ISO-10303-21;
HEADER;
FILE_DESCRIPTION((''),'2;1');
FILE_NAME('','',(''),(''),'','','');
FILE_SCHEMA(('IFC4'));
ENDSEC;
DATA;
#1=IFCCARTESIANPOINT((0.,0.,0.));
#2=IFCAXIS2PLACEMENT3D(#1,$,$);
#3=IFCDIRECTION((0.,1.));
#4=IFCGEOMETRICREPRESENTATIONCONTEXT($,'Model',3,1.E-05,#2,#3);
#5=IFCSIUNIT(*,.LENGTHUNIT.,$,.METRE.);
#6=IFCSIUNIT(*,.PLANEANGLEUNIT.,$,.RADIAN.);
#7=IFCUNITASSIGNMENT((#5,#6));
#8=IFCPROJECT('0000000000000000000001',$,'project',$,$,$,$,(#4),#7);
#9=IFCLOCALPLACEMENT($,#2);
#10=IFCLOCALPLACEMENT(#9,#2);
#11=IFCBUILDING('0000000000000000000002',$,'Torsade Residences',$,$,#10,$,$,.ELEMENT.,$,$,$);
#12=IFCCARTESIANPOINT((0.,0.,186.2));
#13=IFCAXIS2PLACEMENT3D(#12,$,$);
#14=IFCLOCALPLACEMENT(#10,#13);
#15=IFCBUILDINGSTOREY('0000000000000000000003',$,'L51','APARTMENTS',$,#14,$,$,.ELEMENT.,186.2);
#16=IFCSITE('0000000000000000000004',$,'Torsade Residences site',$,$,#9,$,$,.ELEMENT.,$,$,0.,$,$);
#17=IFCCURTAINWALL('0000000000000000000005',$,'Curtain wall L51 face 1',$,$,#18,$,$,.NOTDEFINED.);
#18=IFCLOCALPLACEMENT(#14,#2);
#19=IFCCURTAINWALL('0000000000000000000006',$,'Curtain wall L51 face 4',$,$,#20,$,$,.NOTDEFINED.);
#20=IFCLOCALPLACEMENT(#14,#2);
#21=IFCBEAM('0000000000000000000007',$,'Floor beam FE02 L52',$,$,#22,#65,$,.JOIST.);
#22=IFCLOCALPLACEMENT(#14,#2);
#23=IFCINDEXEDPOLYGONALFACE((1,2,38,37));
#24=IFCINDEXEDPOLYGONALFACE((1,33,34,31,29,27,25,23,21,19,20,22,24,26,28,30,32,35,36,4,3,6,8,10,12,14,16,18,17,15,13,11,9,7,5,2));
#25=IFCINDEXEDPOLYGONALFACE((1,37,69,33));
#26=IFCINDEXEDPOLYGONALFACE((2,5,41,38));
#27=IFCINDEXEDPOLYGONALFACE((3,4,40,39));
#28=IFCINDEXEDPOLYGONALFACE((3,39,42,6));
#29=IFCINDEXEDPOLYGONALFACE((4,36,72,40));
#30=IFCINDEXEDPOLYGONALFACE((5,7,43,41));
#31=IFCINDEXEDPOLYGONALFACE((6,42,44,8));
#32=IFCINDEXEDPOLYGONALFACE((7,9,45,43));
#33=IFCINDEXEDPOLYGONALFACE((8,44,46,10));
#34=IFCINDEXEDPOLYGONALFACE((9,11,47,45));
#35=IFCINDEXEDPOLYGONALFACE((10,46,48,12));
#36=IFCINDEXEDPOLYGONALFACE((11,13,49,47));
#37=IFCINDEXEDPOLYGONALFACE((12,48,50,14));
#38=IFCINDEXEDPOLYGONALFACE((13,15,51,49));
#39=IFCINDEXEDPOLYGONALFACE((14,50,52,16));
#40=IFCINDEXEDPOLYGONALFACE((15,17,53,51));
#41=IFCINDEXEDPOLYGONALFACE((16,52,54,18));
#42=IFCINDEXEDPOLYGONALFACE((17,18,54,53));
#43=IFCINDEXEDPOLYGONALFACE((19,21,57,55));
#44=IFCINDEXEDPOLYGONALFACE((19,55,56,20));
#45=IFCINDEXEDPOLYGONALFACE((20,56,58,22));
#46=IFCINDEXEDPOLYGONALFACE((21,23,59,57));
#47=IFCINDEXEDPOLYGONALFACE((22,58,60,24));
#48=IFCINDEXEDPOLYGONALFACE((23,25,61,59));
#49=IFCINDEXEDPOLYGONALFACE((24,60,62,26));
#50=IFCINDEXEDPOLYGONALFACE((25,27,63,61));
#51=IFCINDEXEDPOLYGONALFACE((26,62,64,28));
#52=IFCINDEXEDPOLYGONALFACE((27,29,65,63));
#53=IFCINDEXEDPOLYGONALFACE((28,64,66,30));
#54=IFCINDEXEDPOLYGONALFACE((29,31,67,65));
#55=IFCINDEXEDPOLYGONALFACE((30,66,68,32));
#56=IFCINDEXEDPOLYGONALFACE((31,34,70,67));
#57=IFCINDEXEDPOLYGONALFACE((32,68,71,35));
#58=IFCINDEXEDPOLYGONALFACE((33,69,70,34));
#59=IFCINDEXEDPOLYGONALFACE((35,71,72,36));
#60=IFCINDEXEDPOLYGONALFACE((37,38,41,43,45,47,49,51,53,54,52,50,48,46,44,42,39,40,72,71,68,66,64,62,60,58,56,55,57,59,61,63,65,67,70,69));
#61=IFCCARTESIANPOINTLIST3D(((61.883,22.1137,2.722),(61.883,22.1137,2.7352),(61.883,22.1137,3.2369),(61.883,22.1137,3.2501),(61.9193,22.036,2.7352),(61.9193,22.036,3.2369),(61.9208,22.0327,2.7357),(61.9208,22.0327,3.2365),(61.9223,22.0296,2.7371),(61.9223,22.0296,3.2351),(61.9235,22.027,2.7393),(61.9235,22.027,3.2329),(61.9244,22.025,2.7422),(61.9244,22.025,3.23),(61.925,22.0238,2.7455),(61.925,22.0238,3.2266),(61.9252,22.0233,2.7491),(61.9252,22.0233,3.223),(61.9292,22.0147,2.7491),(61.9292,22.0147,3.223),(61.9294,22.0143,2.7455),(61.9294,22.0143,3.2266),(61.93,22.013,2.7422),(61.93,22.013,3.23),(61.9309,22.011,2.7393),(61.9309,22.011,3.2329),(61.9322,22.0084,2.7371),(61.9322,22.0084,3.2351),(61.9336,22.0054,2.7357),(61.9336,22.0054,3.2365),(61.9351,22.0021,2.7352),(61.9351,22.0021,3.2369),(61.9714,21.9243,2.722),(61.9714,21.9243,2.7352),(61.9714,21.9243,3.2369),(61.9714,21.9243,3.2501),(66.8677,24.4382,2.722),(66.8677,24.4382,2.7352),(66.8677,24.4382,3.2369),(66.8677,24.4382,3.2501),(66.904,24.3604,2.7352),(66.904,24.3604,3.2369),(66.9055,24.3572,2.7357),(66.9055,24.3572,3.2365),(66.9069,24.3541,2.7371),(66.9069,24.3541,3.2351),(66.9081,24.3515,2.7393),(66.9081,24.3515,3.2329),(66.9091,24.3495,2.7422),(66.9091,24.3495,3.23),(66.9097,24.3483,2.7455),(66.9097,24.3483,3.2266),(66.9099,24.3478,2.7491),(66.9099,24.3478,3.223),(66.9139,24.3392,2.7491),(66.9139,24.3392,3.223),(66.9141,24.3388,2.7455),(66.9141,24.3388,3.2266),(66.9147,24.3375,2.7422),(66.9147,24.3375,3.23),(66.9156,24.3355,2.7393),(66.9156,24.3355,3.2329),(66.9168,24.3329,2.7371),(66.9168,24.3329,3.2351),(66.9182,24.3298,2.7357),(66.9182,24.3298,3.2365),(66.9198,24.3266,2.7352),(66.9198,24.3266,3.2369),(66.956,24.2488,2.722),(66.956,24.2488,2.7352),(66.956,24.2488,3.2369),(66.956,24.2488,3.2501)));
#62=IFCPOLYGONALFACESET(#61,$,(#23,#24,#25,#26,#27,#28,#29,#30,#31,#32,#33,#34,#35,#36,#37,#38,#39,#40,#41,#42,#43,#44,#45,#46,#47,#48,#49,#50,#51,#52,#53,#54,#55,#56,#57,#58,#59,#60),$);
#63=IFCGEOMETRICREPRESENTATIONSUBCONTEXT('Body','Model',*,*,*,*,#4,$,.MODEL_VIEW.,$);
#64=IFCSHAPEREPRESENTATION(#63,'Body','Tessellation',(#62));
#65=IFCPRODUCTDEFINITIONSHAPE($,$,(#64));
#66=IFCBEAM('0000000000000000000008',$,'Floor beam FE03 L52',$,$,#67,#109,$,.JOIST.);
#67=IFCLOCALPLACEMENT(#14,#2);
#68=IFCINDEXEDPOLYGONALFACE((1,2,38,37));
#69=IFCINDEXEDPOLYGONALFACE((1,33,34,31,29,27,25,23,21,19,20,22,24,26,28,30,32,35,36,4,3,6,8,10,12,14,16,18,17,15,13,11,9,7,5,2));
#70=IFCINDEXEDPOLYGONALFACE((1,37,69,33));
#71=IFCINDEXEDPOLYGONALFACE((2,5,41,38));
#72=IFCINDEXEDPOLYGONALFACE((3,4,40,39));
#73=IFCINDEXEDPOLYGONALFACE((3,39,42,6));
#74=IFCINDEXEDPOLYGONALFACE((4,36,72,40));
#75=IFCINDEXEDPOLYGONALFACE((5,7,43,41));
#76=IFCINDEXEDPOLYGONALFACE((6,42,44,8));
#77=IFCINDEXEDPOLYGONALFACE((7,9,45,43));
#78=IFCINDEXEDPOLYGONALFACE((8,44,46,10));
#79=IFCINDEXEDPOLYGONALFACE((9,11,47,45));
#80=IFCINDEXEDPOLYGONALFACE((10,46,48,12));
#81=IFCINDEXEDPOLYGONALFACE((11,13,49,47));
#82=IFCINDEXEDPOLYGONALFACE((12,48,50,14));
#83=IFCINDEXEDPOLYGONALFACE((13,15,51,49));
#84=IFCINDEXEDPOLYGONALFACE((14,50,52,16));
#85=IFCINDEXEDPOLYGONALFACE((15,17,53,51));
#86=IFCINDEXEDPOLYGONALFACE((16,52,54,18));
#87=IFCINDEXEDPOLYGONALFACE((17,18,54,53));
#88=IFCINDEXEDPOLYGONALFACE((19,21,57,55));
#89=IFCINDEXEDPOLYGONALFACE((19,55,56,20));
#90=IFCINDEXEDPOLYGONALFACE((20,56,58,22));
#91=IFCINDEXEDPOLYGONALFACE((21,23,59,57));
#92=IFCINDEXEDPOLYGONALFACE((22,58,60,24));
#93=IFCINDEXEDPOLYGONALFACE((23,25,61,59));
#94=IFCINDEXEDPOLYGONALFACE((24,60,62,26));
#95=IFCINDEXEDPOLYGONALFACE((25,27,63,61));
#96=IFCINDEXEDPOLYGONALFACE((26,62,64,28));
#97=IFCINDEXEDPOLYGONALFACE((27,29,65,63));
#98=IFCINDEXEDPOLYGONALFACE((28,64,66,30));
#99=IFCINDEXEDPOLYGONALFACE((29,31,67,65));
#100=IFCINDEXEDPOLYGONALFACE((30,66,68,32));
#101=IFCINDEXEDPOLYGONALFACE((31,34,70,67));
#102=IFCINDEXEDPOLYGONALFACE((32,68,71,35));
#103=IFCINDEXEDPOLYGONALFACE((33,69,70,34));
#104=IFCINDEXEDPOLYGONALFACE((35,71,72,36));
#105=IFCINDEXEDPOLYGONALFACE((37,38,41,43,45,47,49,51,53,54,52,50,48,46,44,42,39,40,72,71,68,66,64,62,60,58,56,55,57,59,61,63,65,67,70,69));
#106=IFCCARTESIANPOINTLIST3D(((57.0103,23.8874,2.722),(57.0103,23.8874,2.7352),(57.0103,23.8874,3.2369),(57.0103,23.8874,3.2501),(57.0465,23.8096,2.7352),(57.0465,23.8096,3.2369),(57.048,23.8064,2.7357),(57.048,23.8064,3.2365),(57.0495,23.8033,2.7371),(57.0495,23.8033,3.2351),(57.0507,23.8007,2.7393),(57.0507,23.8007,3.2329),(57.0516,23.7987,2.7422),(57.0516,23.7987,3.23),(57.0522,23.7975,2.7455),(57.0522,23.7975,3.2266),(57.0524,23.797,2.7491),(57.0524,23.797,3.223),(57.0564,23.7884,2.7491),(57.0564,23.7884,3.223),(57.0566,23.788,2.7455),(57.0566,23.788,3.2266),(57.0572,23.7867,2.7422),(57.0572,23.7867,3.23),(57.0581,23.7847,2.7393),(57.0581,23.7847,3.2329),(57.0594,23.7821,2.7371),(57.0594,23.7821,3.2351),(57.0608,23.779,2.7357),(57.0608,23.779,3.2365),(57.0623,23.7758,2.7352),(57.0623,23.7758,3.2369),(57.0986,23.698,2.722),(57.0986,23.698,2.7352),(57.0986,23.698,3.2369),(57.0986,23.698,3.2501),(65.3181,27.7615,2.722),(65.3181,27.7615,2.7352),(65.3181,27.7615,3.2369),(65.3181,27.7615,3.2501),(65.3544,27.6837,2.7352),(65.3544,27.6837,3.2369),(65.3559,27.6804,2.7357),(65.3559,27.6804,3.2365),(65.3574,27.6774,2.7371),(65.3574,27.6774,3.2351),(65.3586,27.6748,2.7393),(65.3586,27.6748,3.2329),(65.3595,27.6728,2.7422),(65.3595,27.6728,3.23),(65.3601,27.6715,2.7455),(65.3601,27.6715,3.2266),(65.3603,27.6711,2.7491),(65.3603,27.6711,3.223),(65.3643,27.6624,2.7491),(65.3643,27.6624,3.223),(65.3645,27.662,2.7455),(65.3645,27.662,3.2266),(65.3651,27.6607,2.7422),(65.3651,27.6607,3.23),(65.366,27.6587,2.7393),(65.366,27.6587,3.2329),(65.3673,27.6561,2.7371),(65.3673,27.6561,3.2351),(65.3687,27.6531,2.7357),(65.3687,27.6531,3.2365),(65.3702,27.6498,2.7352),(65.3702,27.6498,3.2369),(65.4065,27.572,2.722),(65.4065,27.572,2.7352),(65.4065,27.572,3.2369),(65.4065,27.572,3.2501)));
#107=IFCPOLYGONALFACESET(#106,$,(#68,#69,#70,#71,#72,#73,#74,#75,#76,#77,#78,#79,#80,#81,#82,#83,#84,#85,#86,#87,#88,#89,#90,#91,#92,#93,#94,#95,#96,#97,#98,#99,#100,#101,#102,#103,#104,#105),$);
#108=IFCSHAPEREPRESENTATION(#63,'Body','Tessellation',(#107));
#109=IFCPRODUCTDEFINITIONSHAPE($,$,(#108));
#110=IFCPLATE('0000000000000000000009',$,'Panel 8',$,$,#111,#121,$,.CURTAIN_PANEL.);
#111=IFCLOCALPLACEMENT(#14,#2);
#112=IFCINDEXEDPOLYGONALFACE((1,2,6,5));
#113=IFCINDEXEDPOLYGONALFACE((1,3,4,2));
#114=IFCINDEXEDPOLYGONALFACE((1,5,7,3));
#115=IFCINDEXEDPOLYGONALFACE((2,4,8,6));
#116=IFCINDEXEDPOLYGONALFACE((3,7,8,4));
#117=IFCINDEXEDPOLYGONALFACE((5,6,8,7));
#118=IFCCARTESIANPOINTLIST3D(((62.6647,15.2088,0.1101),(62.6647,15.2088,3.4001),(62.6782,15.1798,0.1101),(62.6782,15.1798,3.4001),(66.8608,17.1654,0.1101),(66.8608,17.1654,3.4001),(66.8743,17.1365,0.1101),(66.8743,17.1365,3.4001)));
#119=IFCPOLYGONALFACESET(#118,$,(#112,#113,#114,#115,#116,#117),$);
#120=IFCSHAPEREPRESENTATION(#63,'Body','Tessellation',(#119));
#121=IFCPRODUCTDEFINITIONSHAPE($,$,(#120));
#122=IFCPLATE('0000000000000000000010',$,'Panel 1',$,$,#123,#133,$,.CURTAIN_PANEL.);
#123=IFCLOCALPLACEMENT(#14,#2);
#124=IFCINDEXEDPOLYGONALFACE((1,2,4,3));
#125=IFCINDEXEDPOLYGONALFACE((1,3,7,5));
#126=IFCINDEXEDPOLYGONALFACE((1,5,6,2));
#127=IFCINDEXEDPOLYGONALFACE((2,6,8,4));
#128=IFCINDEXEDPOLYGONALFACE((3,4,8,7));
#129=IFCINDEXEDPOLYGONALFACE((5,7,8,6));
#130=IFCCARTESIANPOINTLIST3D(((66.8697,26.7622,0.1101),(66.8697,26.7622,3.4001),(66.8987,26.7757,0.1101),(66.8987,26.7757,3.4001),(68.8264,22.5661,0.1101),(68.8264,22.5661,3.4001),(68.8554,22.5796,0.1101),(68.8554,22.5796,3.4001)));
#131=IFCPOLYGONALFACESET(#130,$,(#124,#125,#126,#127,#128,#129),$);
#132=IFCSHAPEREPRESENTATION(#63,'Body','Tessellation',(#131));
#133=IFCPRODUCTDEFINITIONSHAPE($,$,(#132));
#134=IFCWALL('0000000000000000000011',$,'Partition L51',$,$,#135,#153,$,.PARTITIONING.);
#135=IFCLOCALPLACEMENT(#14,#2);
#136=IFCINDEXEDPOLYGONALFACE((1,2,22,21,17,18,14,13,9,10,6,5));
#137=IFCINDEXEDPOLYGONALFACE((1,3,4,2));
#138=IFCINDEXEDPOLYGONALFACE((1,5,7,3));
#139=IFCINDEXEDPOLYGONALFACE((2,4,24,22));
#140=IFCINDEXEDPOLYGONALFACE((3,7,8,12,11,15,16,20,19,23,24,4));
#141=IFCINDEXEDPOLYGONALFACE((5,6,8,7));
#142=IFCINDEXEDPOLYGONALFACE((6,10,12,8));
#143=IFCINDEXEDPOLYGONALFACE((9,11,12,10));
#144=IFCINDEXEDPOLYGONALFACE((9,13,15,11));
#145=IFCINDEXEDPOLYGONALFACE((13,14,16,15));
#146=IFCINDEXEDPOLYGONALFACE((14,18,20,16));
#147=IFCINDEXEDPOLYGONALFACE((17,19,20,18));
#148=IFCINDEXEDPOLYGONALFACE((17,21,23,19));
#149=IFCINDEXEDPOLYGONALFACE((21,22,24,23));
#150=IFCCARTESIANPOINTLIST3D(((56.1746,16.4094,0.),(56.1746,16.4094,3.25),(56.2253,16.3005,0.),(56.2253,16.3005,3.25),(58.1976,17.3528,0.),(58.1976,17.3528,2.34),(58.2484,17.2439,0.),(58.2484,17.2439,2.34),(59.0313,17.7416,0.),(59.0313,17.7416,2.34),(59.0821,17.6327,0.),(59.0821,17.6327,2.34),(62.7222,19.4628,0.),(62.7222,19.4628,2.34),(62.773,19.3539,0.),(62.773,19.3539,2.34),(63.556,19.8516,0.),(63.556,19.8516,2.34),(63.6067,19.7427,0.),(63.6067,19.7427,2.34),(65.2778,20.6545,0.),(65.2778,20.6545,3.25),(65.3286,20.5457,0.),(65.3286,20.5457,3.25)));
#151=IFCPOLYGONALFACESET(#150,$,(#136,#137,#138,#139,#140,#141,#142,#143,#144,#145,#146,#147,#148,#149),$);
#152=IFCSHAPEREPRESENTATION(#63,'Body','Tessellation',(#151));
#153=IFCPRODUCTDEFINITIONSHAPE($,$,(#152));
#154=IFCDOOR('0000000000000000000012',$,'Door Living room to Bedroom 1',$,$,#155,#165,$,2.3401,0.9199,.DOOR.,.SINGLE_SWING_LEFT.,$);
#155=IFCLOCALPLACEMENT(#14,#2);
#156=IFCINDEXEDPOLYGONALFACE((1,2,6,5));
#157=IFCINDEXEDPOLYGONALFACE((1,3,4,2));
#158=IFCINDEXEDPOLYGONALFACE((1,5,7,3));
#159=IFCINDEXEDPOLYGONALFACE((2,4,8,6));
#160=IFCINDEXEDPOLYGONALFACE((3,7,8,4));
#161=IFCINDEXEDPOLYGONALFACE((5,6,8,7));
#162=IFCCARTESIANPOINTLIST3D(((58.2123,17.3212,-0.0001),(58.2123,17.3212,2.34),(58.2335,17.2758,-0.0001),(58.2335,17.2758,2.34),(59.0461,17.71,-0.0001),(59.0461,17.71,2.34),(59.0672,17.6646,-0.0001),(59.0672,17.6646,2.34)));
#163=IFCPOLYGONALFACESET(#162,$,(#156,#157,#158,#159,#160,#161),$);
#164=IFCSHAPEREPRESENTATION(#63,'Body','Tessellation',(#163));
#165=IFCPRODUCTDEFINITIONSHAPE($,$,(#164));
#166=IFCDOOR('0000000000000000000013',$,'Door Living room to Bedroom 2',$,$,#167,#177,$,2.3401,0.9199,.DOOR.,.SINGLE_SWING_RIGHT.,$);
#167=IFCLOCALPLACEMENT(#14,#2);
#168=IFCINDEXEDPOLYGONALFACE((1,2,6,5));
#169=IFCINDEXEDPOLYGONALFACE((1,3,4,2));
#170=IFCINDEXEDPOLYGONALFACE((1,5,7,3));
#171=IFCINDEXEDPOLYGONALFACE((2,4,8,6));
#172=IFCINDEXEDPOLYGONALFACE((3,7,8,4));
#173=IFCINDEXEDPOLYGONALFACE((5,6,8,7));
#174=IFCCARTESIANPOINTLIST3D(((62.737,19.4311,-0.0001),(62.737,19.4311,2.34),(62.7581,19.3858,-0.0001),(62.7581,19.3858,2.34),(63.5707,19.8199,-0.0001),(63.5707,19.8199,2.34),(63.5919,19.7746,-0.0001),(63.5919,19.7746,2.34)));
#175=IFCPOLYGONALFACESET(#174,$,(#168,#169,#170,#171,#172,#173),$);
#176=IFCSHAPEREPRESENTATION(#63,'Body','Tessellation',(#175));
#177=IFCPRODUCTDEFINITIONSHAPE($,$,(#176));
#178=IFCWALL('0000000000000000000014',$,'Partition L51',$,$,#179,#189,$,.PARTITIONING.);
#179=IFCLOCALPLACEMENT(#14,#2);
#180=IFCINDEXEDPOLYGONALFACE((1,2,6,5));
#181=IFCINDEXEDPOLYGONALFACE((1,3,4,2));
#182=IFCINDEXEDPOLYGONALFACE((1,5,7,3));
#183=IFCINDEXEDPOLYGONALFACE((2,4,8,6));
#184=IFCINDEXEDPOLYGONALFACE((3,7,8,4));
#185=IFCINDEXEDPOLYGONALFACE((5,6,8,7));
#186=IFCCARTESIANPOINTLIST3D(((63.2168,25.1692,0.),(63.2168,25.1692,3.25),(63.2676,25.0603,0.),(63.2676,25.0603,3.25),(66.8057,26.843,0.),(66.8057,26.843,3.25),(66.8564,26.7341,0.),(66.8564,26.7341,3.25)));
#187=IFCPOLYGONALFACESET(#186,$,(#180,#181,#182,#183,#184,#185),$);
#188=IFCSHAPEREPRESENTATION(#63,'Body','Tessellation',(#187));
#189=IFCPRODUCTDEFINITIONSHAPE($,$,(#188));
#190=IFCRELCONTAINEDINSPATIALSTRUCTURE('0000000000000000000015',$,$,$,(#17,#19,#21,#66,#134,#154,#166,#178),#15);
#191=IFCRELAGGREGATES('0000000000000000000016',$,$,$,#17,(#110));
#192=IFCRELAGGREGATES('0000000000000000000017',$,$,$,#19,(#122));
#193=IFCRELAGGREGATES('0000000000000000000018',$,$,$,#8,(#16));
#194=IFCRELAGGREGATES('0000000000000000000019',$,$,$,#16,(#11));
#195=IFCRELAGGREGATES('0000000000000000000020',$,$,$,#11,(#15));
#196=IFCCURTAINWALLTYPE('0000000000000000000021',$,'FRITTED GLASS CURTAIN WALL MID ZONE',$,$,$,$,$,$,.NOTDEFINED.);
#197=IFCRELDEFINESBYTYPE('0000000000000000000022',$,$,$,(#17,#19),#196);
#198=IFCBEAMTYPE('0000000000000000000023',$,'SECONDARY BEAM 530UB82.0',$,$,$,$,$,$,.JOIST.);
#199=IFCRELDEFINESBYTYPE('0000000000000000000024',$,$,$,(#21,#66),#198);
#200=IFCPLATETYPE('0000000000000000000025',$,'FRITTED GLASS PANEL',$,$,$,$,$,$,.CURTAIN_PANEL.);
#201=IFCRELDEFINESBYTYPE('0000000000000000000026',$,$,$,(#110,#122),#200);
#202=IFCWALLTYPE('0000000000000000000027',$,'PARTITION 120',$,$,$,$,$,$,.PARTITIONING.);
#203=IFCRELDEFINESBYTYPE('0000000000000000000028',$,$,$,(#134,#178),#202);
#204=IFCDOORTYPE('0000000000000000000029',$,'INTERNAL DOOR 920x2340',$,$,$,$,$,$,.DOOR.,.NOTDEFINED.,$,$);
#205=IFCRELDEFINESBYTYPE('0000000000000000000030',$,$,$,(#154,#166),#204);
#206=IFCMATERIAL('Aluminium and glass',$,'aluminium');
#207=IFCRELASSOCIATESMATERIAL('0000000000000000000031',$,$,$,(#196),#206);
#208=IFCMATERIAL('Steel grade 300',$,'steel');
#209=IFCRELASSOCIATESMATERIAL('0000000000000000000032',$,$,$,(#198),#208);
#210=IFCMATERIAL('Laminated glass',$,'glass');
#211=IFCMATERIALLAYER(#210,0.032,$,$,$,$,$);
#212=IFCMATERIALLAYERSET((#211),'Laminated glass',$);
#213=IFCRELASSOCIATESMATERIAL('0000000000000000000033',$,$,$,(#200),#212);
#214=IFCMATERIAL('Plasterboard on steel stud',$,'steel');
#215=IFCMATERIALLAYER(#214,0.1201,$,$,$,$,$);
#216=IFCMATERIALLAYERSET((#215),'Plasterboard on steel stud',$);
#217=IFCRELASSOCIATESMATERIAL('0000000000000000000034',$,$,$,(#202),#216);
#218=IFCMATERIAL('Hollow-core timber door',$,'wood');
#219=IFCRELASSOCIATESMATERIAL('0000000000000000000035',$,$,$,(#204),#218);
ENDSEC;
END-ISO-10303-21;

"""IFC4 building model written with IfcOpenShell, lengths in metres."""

from ifc_helpers import new_model, si_unit, direction, frame, frame_2d, origin, origin_2d, place, context, subcontext, project, spatial, rectangle, i_section, extrude, material, layer, layer_set, material_profile, profile_set, type_object, element, fill, aggregate, save


model = new_model("IFC4")

# Units and contexts
model_context = context("Model", 3, precision=1e-05, world=origin(), true_north=direction((0.0, 1.0)))
body_context = subcontext(model_context, "Body", "Model", "MODEL_VIEW")
ifc_project = project(units=[si_unit("LENGTHUNIT", "METRE"), si_unit("PLANEANGLEUNIT", "RADIAN")], contexts=[model_context])

# Site, building, storey
site_placement = place(None, origin())
site = spatial("IfcSite", under=ifc_project, at=site_placement, Name="Torsade Residences site", CompositionType="ELEMENT", RefElevation=0.0)
building_placement = place(site_placement, origin())
building = spatial("IfcBuilding", under=site, at=building_placement, Name="Torsade Residences", CompositionType="ELEMENT")
storey_placement = place(building_placement, frame((0.0, 0.0, 186.2)))
storey = spatial("IfcBuildingStorey", under=building, at=storey_placement, Name="L51", Description="APARTMENTS", CompositionType="ELEMENT", Elevation=186.2)

# Curtain walls
ifc_material_1 = material(Name="Aluminium and glass", Category="aluminium")
curtain_wall_type = type_object("IfcCurtainWallType", Name="FRITTED GLASS CURTAIN WALL MID ZONE", PredefinedType="NOTDEFINED", material=ifc_material_1)
curtain_wall_1_placement = place(storey_placement, origin())
curtain_wall_1 = element("IfcCurtainWall", 1, at=curtain_wall_1_placement, inside=storey, type_object=curtain_wall_type, Name="Curtain wall L51 face 1", PredefinedType="NOTDEFINED")
curtain_wall_2_placement = place(storey_placement, origin())
curtain_wall_2 = element("IfcCurtainWall", 2, at=curtain_wall_2_placement, inside=storey, type_object=curtain_wall_type, Name="Curtain wall L51 face 4", PredefinedType="NOTDEFINED")

# Beams
ifc_material_2 = material(Name="Steel grade 300", Category="steel")
ifc_material_profile_1 = material_profile(ifc_material_2, i_section(OverallWidth=0.209, OverallDepth=0.5281, WebThickness=0.0095, FlangeThickness=0.0132, FilletRadius=0.0139, at=origin_2d()), Name="530UB82.0")
ifc_profile_set_1 = profile_set([ifc_material_profile_1], Name="Steel grade 300")
beam_type_1 = type_object("IfcBeamType", Name="SECONDARY BEAM 530UB82.0", PredefinedType="JOIST", material=ifc_profile_set_1)
beam_1_placement = place(storey_placement, frame((66.9119, 24.3435, 2.9861), z_axis=(-0.906301, -0.422633, 0.0), x_axis=(0.422633, -0.906301, 0.0)))
element("IfcBeam", 3, at=beam_1_placement, inside=storey, type_object=beam_type_1, Name="Floor beam FE02 L52", PredefinedType="JOIST", context=body_context, shape_type="SweptSolid", body=[
    extrude(i_section(OverallWidth=0.209, OverallDepth=0.5281, WebThickness=0.0095, FlangeThickness=0.0132, FilletRadius=0.0139, at=origin_2d()), origin(), (0.0, 0.0, 1.0), 5.5),
])
beam_2_placement = place(storey_placement, frame((65.3623, 27.6667, 2.9861), z_axis=(-0.906308, -0.422619, 0.0), x_axis=(0.422619, -0.906308, 0.0)))
element("IfcBeam", 4, at=beam_2_placement, inside=storey, type_object=beam_type_1, Name="Floor beam FE03 L52", PredefinedType="JOIST", context=body_context, shape_type="SweptSolid", body=[
    extrude(i_section(OverallWidth=0.209, OverallDepth=0.5281, WebThickness=0.0095, FlangeThickness=0.0132, FilletRadius=0.0139, at=origin_2d()), origin(), (0.0, 0.0, 1.0), 9.1667),
])

# Plates
ifc_material_3 = material(Name="Laminated glass", Category="glass")
ifc_layer_1 = layer(ifc_material_3, 0.032)
ifc_layer_set_1 = layer_set([ifc_layer_1], Name="Laminated glass")
plate_type = type_object("IfcPlateType", Name="FRITTED GLASS PANEL", PredefinedType="CURTAIN_PANEL", material=ifc_layer_set_1)
plate_1_placement = place(storey_placement, frame((64.7695, 16.1726, 0.1101), z_axis=(0.0, 0.0, 1.0), x_axis=(0.906308, 0.422618, 0.0)))
plate_1 = element("IfcPlate", 5, at=plate_1_placement, type_object=plate_type, Name="Panel 8", PredefinedType="CURTAIN_PANEL", context=body_context, shape_type="SweptSolid", body=[
    extrude(rectangle(XDim=4.6299, YDim=0.032, at=origin_2d()), origin(), (0.0, 0.0, 1.0), 3.29),
])
aggregate(curtain_wall_1, [plate_1])
plate_2_placement = place(storey_placement, frame((67.8625, 24.6709, 0.1101), z_axis=(0.0, 0.0, 1.0), x_axis=(-0.422618, 0.906308, 0.0)))
plate_2 = element("IfcPlate", 6, at=plate_2_placement, type_object=plate_type, Name="Panel 1", PredefinedType="CURTAIN_PANEL", context=body_context, shape_type="SweptSolid", body=[
    extrude(rectangle(XDim=4.6299, YDim=0.032, at=origin_2d()), origin(), (0.0, 0.0, 1.0), 3.29),
])
aggregate(curtain_wall_2, [plate_2])

# Wall, openings, doors
ifc_material_4 = material(Name="Plasterboard on steel stud", Category="steel")
ifc_layer_2 = layer(ifc_material_4, 0.1201)
ifc_layer_set_2 = layer_set([ifc_layer_2], Name="Plasterboard on steel stud")
wall_type_1 = type_object("IfcWallType", Name="PARTITION 120", PredefinedType="PARTITIONING", material=ifc_layer_set_2)
wall_1_placement = place(storey_placement, frame((65.3032, 20.6001, 0.0), z_axis=(0.0, 0.0, 1.0), x_axis=(-0.9063, -0.422634, 0.0)))
wall_1 = element("IfcWall", 7, at=wall_1_placement, inside=storey, type_object=wall_type_1, Name="Partition L51", PredefinedType="PARTITIONING", context=body_context, shape_type="SweptSolid", body=[
    extrude(rectangle(XDim=10.0444, YDim=0.1201, at=frame_2d((5.0222, 0.0))), origin(), (0.0, 0.0, 1.0), 3.25),
])
opening_1_placement = place(wall_1_placement, frame((6.8923, 0.0, 0.0)))
opening_1 = element("IfcOpeningElement", 8, at=opening_1_placement, cuts=wall_1, PredefinedType="OPENING", context=body_context, shape_type="SweptSolid", body=[
    extrude(rectangle(XDim=0.9199, YDim=2.3401, at=frame_2d((0.46, 1.1699))), frame((0.0, 0.0701, 0.0), z_axis=(0.0, -1.0, 0.0), x_axis=(1.0, 0.0, 0.0)), (0.0, 0.0, 1.0), 0.1401),
])
opening_2_placement = place(wall_1_placement, frame((1.8999, 0.0, 0.0)))
opening_2 = element("IfcOpeningElement", 9, at=opening_2_placement, cuts=wall_1, PredefinedType="OPENING", context=body_context, shape_type="SweptSolid", body=[
    extrude(rectangle(XDim=0.9199, YDim=2.3401, at=frame_2d((0.46, 1.1699))), frame((0.0, 0.0701, 0.0), z_axis=(0.0, -1.0, 0.0), x_axis=(1.0, 0.0, 0.0)), (0.0, 0.0, 1.0), 0.1401),
])
ifc_material_5 = material(Name="Hollow-core timber door", Category="wood")
door_type_1 = type_object("IfcDoorType", Name="INTERNAL DOOR 920x2340", OperationType="NOTDEFINED", PredefinedType="DOOR", material=ifc_material_5)
door_1_placement = place(opening_1_placement, origin())
door_1 = element("IfcDoor", 10, at=door_1_placement, inside=storey, type_object=door_type_1, Name="Door Living room to Bedroom 1", OperationType="SINGLE_SWING_LEFT", OverallHeight=2.3401, OverallWidth=0.9199, PredefinedType="DOOR", context=body_context, shape_type="SweptSolid", body=[
    extrude(rectangle(XDim=0.9199, YDim=2.3401, at=frame_2d((0.46, 1.1699))), frame((0.0, 0.0249, 0.0), z_axis=(0.0, -1.0, 0.0), x_axis=(1.0, 0.0, 0.0)), (0.0, 0.0, 1.0), 0.05),
])
fill(opening_1, door_1)
door_2_placement = place(opening_2_placement, origin())
door_2 = element("IfcDoor", 11, at=door_2_placement, inside=storey, type_object=door_type_1, Name="Door Living room to Bedroom 2", OperationType="SINGLE_SWING_RIGHT", OverallHeight=2.3401, OverallWidth=0.9199, PredefinedType="DOOR", context=body_context, shape_type="SweptSolid", body=[
    extrude(rectangle(XDim=0.9199, YDim=2.3401, at=frame_2d((0.46, 1.1699))), frame((0.0, 0.0249, 0.0), z_axis=(0.0, -1.0, 0.0), x_axis=(1.0, 0.0, 0.0)), (0.0, 0.0, 1.0), 0.05),
])
fill(opening_2, door_2)

# Wall
wall_2_placement = place(storey_placement, frame((66.8311, 26.7886, 0.0), z_axis=(0.0, 0.0, 1.0), x_axis=(-0.906278, -0.422683, 0.0)))
element("IfcWall", 12, at=wall_2_placement, inside=storey, type_object=wall_type_1, Name="Partition L51", PredefinedType="PARTITIONING", context=body_context, shape_type="SweptSolid", body=[
    extrude(rectangle(XDim=3.96, YDim=0.1201, at=frame_2d((1.98, 0.0))), origin(), (0.0, 0.0, 1.0), 3.25),
])

save(model, "model.ifc")
